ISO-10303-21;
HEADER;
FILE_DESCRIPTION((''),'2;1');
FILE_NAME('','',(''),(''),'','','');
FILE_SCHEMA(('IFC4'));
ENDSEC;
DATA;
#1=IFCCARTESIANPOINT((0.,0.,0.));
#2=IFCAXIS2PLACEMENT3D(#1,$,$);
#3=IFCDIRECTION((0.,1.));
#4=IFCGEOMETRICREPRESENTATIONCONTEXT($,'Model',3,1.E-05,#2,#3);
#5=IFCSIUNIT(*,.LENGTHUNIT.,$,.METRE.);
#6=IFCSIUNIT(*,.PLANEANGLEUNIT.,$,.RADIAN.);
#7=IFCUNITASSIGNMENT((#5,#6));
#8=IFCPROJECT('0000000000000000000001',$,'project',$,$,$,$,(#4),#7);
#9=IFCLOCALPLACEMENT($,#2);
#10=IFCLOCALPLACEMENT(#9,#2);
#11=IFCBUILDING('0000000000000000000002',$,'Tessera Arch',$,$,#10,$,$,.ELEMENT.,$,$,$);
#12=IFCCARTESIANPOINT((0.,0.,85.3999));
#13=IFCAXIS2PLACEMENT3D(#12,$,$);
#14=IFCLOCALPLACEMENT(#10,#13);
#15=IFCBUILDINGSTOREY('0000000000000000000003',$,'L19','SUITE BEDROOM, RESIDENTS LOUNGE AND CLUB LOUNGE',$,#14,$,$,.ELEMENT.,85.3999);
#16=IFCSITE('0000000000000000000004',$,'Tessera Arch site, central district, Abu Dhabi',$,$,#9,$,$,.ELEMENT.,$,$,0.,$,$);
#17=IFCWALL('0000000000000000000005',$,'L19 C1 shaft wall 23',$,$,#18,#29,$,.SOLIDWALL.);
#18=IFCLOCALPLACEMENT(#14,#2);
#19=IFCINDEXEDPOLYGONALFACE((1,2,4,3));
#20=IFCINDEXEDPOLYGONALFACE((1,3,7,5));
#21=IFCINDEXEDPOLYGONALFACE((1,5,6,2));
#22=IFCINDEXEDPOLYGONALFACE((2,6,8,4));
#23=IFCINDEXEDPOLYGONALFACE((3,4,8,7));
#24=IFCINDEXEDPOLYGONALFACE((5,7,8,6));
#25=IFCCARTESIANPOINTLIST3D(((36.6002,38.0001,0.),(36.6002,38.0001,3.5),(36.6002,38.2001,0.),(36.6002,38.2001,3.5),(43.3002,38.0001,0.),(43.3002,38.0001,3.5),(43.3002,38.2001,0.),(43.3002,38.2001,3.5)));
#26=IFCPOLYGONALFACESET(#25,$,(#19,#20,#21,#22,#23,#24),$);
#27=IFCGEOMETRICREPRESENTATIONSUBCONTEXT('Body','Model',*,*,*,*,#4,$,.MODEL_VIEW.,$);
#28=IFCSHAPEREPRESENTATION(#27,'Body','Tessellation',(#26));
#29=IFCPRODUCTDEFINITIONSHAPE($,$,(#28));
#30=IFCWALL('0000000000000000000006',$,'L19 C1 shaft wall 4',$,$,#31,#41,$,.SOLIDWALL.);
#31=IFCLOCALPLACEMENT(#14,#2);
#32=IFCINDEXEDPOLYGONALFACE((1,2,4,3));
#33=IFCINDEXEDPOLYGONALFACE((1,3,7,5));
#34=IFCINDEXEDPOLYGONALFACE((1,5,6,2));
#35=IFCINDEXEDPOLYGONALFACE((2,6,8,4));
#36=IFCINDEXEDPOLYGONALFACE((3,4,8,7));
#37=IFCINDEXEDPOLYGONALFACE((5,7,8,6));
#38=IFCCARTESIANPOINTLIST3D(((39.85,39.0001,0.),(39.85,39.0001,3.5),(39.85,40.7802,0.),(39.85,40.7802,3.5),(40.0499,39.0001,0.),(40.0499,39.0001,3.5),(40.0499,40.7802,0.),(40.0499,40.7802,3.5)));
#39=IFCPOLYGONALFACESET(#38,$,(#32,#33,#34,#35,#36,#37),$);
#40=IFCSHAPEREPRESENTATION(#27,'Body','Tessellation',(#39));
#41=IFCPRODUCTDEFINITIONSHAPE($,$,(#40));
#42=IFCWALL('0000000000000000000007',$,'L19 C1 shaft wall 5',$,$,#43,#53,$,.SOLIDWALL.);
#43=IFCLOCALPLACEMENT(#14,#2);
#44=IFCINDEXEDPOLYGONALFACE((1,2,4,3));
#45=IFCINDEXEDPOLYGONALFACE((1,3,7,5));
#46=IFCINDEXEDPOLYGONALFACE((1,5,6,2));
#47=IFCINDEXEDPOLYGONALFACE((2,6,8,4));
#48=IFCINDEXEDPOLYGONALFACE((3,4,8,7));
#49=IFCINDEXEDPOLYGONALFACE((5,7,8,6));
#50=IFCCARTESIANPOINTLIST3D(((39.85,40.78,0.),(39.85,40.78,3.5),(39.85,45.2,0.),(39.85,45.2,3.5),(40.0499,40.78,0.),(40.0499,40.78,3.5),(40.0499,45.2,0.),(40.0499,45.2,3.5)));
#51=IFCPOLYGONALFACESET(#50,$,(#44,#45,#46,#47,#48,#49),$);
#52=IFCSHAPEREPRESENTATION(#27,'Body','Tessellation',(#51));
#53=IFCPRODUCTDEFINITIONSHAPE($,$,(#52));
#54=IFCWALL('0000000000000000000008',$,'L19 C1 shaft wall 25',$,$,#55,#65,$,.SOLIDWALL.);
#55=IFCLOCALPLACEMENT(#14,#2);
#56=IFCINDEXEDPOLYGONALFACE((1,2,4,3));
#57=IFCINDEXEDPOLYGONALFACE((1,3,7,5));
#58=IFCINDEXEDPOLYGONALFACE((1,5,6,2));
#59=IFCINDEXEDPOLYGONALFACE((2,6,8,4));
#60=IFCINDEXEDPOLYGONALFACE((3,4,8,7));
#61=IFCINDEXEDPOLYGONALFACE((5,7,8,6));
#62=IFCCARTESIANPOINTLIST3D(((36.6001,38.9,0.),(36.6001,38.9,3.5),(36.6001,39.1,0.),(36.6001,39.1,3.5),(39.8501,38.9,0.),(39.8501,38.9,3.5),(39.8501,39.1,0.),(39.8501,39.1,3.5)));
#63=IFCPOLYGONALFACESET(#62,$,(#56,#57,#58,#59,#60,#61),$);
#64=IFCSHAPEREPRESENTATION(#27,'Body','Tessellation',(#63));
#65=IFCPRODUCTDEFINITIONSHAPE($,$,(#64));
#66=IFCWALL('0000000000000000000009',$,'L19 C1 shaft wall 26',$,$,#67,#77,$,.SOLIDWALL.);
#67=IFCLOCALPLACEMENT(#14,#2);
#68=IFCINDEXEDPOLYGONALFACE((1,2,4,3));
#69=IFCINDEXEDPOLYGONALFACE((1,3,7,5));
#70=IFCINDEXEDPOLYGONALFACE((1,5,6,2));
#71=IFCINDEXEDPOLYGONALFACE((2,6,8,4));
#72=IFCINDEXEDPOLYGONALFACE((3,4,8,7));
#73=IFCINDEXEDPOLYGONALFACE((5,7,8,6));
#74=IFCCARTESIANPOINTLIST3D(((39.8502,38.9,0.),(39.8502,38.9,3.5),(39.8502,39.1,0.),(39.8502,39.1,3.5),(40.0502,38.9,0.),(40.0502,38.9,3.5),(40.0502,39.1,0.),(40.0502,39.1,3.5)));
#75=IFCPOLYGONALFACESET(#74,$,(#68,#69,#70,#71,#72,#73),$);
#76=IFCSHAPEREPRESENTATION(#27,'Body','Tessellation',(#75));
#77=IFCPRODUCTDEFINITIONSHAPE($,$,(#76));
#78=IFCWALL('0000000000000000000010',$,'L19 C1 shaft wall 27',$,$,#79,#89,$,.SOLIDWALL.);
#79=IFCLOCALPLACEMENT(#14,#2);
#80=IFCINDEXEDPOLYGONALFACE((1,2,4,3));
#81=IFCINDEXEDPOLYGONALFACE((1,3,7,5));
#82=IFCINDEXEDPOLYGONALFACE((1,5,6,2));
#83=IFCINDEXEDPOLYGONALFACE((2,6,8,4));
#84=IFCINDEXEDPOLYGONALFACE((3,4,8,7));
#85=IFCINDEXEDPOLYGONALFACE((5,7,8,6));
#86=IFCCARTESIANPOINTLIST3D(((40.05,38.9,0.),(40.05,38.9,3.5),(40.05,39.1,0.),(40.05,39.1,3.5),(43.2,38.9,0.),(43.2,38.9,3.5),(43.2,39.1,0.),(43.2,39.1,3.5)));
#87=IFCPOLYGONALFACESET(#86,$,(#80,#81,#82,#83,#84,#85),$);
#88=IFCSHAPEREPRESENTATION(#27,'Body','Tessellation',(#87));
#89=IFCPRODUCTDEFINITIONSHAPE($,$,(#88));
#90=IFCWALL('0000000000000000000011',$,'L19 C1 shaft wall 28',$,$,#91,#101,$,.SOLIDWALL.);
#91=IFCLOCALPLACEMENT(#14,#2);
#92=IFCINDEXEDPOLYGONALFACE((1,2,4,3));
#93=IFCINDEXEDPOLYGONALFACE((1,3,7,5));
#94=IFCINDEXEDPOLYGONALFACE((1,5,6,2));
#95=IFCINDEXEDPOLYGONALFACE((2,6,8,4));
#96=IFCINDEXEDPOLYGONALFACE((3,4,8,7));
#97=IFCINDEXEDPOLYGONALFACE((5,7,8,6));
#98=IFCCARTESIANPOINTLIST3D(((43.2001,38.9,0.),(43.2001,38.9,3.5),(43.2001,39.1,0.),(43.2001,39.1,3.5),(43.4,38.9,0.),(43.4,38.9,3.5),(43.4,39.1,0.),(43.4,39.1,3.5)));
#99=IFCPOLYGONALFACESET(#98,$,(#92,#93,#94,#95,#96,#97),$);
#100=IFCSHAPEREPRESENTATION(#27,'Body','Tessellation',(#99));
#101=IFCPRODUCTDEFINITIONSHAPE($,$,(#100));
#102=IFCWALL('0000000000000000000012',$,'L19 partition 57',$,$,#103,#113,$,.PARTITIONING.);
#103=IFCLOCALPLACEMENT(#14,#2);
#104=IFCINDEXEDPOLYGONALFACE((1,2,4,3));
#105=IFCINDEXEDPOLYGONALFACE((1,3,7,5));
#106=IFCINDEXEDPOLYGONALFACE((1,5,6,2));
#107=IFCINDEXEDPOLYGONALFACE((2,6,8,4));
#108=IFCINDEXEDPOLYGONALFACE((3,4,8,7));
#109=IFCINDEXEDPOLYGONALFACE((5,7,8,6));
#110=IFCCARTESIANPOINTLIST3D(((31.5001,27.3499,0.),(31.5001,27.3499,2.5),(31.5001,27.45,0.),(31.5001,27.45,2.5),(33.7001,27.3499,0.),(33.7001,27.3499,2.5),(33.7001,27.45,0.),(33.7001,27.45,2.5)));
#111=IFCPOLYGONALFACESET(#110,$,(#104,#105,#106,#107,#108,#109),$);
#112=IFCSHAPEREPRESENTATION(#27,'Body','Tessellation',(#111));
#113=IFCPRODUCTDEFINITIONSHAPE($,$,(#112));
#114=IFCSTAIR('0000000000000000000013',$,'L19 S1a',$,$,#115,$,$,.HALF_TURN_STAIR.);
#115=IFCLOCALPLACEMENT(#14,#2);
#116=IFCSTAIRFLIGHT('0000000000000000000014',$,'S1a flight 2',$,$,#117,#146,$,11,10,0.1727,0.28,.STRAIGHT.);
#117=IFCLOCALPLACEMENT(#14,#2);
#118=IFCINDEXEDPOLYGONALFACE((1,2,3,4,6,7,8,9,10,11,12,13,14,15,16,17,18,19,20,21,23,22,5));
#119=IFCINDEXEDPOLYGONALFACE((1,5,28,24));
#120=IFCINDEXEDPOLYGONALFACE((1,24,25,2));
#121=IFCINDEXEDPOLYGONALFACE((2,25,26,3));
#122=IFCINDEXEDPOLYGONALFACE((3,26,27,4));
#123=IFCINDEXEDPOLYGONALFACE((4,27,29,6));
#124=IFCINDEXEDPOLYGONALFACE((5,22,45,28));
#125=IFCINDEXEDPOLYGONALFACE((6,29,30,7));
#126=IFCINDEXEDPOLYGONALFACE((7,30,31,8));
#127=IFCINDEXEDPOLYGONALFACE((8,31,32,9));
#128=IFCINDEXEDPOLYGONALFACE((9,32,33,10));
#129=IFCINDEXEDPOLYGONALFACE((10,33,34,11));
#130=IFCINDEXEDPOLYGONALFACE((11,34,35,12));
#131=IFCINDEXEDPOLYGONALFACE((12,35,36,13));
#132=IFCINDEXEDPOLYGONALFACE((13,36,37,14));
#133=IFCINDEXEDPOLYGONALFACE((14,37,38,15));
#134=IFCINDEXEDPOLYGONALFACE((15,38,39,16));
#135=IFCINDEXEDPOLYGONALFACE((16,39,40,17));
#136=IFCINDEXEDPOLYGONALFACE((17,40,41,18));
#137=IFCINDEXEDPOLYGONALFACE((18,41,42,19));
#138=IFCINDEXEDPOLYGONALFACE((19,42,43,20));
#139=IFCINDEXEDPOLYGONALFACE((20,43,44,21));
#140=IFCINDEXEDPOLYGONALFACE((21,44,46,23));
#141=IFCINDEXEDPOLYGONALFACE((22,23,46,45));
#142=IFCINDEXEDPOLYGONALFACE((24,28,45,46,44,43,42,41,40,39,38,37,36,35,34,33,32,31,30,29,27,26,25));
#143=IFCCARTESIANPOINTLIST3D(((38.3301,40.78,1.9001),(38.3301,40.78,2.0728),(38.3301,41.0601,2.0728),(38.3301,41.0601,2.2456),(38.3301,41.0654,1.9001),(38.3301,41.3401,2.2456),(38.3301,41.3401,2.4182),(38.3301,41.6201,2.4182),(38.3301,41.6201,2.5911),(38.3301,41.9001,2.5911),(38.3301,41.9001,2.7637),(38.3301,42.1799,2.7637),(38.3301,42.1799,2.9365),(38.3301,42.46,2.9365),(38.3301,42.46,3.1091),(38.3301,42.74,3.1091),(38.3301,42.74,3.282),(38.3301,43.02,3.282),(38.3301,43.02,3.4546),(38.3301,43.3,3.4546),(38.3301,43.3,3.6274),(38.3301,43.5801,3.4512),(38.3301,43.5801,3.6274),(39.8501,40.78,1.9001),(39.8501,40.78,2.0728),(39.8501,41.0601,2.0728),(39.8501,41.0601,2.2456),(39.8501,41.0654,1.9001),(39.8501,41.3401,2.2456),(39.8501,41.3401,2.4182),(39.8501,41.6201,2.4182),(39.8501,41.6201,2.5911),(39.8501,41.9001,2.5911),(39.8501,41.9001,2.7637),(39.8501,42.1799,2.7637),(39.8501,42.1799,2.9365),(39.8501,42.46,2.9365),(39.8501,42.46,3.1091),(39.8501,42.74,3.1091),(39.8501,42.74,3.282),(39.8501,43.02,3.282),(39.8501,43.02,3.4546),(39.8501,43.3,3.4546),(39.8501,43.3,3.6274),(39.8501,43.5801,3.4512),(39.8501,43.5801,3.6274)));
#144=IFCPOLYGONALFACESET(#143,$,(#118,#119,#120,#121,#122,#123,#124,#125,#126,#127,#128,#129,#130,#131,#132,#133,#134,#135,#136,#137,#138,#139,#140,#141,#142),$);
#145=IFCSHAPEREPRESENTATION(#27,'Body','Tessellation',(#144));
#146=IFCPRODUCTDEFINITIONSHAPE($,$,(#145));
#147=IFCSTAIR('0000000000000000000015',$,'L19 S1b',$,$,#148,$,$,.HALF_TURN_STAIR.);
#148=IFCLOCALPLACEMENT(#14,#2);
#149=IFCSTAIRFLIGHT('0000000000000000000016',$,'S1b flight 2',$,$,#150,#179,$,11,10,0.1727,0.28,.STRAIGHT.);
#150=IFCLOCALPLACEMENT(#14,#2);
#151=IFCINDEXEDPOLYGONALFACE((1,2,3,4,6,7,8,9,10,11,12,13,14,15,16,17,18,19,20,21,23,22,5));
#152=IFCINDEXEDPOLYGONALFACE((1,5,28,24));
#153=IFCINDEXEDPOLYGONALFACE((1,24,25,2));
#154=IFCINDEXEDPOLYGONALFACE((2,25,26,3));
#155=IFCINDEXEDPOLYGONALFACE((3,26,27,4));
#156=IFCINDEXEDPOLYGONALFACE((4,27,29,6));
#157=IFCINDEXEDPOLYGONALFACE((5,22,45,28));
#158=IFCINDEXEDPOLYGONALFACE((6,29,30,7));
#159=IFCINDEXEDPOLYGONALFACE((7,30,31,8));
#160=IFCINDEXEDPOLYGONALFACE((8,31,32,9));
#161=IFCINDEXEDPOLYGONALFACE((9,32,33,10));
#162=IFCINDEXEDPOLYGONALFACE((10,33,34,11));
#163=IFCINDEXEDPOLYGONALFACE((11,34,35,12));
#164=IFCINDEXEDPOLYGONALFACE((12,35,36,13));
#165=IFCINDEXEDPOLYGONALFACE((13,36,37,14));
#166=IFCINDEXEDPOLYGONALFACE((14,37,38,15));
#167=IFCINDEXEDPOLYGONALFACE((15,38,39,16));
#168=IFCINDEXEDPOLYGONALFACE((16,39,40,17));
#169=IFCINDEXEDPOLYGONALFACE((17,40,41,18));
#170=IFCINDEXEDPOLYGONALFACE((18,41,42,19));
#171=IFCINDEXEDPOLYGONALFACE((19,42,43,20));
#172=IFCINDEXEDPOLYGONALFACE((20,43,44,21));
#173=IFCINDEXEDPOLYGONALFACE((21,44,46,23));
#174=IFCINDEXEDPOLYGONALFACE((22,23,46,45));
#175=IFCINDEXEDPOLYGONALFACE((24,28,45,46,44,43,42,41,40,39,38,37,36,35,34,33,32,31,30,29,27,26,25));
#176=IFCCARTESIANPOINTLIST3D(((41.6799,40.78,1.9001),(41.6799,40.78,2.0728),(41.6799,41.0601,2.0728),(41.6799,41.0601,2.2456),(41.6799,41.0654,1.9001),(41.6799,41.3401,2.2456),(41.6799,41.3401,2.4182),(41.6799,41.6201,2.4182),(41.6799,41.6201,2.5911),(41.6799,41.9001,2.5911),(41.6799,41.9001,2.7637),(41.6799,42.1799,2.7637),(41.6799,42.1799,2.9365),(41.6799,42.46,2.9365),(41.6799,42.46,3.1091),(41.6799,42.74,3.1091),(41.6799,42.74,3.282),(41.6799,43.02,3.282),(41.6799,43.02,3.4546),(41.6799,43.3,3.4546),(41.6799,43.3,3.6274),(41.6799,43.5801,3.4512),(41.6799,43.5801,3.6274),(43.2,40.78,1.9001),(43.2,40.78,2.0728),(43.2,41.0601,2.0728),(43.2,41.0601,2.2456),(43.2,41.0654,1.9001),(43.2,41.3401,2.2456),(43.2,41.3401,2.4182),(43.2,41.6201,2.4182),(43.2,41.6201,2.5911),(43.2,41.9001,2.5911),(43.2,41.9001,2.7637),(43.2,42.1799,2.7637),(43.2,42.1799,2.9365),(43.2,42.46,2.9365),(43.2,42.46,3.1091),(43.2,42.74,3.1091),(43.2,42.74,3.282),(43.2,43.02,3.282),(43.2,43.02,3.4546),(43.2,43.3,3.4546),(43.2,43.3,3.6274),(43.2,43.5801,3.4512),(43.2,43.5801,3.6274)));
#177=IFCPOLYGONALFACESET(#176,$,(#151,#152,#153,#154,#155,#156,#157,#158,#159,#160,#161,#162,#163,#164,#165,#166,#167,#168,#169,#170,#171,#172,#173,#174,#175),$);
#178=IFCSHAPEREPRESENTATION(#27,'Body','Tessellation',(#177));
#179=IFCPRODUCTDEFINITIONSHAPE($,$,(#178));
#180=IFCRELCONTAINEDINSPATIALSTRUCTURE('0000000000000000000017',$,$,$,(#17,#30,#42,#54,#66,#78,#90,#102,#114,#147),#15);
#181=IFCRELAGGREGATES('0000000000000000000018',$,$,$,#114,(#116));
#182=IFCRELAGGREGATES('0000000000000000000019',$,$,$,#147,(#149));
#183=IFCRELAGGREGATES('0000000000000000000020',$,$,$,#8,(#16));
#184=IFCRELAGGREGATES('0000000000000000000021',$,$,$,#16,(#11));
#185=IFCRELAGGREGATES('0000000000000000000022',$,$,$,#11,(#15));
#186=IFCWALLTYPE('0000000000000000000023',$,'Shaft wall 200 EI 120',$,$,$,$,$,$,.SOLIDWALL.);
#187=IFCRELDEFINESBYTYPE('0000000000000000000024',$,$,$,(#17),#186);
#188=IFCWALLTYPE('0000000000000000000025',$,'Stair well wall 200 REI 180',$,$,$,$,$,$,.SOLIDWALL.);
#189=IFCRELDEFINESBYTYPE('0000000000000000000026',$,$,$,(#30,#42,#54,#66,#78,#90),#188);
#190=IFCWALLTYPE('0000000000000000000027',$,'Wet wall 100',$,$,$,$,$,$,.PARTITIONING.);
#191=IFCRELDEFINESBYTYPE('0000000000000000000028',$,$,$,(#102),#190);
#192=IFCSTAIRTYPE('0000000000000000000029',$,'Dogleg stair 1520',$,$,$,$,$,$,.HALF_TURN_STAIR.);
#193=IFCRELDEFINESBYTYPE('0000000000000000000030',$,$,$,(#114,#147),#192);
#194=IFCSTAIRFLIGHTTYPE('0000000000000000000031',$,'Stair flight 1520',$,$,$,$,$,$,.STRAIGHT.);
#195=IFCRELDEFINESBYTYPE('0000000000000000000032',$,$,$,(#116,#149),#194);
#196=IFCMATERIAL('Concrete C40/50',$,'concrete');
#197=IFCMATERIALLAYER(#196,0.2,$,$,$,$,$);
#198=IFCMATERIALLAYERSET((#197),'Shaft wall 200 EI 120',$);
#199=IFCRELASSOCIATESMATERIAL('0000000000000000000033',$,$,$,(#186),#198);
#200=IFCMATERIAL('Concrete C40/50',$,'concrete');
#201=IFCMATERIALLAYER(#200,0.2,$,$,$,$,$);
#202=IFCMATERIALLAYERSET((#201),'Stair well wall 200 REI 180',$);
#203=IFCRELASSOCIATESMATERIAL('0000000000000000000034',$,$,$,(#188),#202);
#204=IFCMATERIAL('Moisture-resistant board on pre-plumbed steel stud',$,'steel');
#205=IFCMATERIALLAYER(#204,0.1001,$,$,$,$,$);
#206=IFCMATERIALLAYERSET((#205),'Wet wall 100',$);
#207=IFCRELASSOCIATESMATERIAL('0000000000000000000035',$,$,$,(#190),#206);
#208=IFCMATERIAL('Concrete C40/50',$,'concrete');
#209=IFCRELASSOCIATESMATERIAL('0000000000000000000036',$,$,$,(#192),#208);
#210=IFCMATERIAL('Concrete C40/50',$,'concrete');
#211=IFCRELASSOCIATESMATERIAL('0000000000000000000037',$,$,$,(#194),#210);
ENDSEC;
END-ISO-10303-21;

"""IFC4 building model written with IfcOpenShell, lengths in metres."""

from ifc_helpers import new_model, si_unit, direction, frame, frame_2d, origin, place, context, subcontext, project, spatial, polyline, rectangle, outline, extrude, material, layer, layer_set, type_object, element, aggregate, save


model = new_model("IFC4")

# Units and contexts
model_context = context("Model", 3, precision=1e-05, world=origin(), true_north=direction((0.0, 1.0)))
body_context = subcontext(model_context, "Body", "Model", "MODEL_VIEW")
ifc_project = project(units=[si_unit("LENGTHUNIT", "METRE"), si_unit("PLANEANGLEUNIT", "RADIAN")], contexts=[model_context])

# Site, building, storey
site_placement = place(None, origin())
site = spatial("IfcSite", under=ifc_project, at=site_placement, Name="Tessera Arch site, central district, Abu Dhabi", CompositionType="ELEMENT", RefElevation=0.0)
building_placement = place(site_placement, origin())
building = spatial("IfcBuilding", under=site, at=building_placement, Name="Tessera Arch", CompositionType="ELEMENT")
storey_placement = place(building_placement, frame((0.0, 0.0, 85.3999)))
storey = spatial("IfcBuildingStorey", under=building, at=storey_placement, Name="L19", Description="SUITE BEDROOM, RESIDENTS LOUNGE AND CLUB LOUNGE", CompositionType="ELEMENT", Elevation=85.3999)

# Shared definitions
ifc_material_1 = material(Name="Concrete C40/50", Category="concrete")
ifc_layer_1 = layer(ifc_material_1, 0.2)
ifc_layer_set_1 = layer_set([ifc_layer_1], Name="Shaft wall 200 EI 120")
wall_type_1 = type_object("IfcWallType", Name="Shaft wall 200 EI 120", PredefinedType="SOLIDWALL", material=ifc_layer_set_1)

# Walls
wall_1_placement = place(storey_placement, frame((36.6001, 38.1001, 0.0), z_axis=(0.0, 0.0, 1.0), x_axis=(1.0, 0.0, 0.0)))
element("IfcWall", 1, at=wall_1_placement, inside=storey, type_object=wall_type_1, Name="L19 C1 shaft wall 23", PredefinedType="SOLIDWALL", context=body_context, shape_type="SweptSolid", body=[
    extrude(rectangle(XDim=6.7, YDim=0.2, at=frame_2d((3.3501, 0.0))), origin(), (0.0, 0.0, 1.0), 3.5),
])
ifc_material_2 = material(Name="Concrete C40/50", Category="concrete")
ifc_layer_2 = layer(ifc_material_2, 0.2)
ifc_layer_set_2 = layer_set([ifc_layer_2], Name="Stair well wall 200 REI 180")
wall_type_2 = type_object("IfcWallType", Name="Stair well wall 200 REI 180", PredefinedType="SOLIDWALL", material=ifc_layer_set_2)
wall_2_placement = place(storey_placement, frame((39.95, 39.0, 0.0), z_axis=(0.0, 0.0, 1.0), x_axis=(0.0, 1.0, 0.0)))
element("IfcWall", 2, at=wall_2_placement, inside=storey, type_object=wall_type_2, Name="L19 C1 shaft wall 4", PredefinedType="SOLIDWALL", context=body_context, shape_type="SweptSolid", body=[
    extrude(rectangle(XDim=1.78, YDim=0.2, at=frame_2d((0.8901, 0.0))), origin(), (0.0, 0.0, 1.0), 3.5),
])
wall_3_placement = place(storey_placement, frame((39.95, 40.78, 0.0), z_axis=(0.0, 0.0, 1.0), x_axis=(0.0, 1.0, 0.0)))
element("IfcWall", 3, at=wall_3_placement, inside=storey, type_object=wall_type_2, Name="L19 C1 shaft wall 5", PredefinedType="SOLIDWALL", context=body_context, shape_type="SweptSolid", body=[
    extrude(rectangle(XDim=4.4199, YDim=0.2, at=frame_2d((2.21, 0.0))), origin(), (0.0, 0.0, 1.0), 3.5),
])
wall_4_placement = place(storey_placement, frame((36.6001, 39.0, 0.0), z_axis=(0.0, 0.0, 1.0), x_axis=(1.0, 0.0, 0.0)))
element("IfcWall", 4, at=wall_4_placement, inside=storey, type_object=wall_type_2, Name="L19 C1 shaft wall 25", PredefinedType="SOLIDWALL", context=body_context, shape_type="SweptSolid", body=[
    extrude(rectangle(XDim=3.25, YDim=0.2, at=frame_2d((1.625, 0.0))), origin(), (0.0, 0.0, 1.0), 3.5),
])
wall_5_placement = place(storey_placement, frame((39.8501, 39.0, 0.0), z_axis=(0.0, 0.0, 1.0), x_axis=(1.0, 0.0, 0.0)))
element("IfcWall", 5, at=wall_5_placement, inside=storey, type_object=wall_type_2, Name="L19 C1 shaft wall 26", PredefinedType="SOLIDWALL", context=body_context, shape_type="SweptSolid", body=[
    extrude(rectangle(XDim=0.2, YDim=0.2, at=frame_2d((0.1001, 0.0))), origin(), (0.0, 0.0, 1.0), 3.5),
])
wall_6_placement = place(storey_placement, frame((40.05, 39.0, 0.0), z_axis=(0.0, 0.0, 1.0), x_axis=(1.0, 0.0, 0.0)))
element("IfcWall", 6, at=wall_6_placement, inside=storey, type_object=wall_type_2, Name="L19 C1 shaft wall 27", PredefinedType="SOLIDWALL", context=body_context, shape_type="SweptSolid", body=[
    extrude(rectangle(XDim=3.1499, YDim=0.2, at=frame_2d((1.575, 0.0))), origin(), (0.0, 0.0, 1.0), 3.5),
])
wall_7_placement = place(storey_placement, frame((43.2, 39.0, 0.0), z_axis=(0.0, 0.0, 1.0), x_axis=(1.0, 0.0, 0.0)))
element("IfcWall", 7, at=wall_7_placement, inside=storey, type_object=wall_type_2, Name="L19 C1 shaft wall 28", PredefinedType="SOLIDWALL", context=body_context, shape_type="SweptSolid", body=[
    extrude(rectangle(XDim=0.2, YDim=0.2, at=frame_2d((0.1001, 0.0))), origin(), (0.0, 0.0, 1.0), 3.5),
])
ifc_material_3 = material(Name="Moisture-resistant board on pre-plumbed steel stud", Category="steel")
ifc_layer_3 = layer(ifc_material_3, 0.1001)
ifc_layer_set_3 = layer_set([ifc_layer_3], Name="Wet wall 100")
wall_type_3 = type_object("IfcWallType", Name="Wet wall 100", PredefinedType="PARTITIONING", material=ifc_layer_set_3)
wall_8_placement = place(storey_placement, frame((31.5, 27.3999, 0.0), z_axis=(0.0, 0.0, 1.0), x_axis=(1.0, 0.0, 0.0)))
element("IfcWall", 8, at=wall_8_placement, inside=storey, type_object=wall_type_3, Name="L19 partition 57", PredefinedType="PARTITIONING", context=body_context, shape_type="SweptSolid", body=[
    extrude(rectangle(XDim=2.2, YDim=0.1001, at=frame_2d((1.1001, 0.0))), origin(), (0.0, 0.0, 1.0), 2.5),
])

# Stairs, stair flights
ifc_material_4 = material(Name="Concrete C40/50", Category="concrete")
stair_type = type_object("IfcStairType", Name="Dogleg stair 1520", PredefinedType="HALF_TURN_STAIR", material=ifc_material_4)
stair_1_placement = place(storey_placement, origin())
stair_1 = element("IfcStair", 9, at=stair_1_placement, inside=storey, type_object=stair_type, Name="L19 S1a", PredefinedType="HALF_TURN_STAIR")
ifc_material_5 = material(Name="Concrete C40/50", Category="concrete")
stair_flight_type = type_object("IfcStairFlightType", Name="Stair flight 1520", PredefinedType="STRAIGHT", material=ifc_material_5)
stair_flight_1_placement = place(storey_placement, frame((39.0901, 40.78, 1.9001), z_axis=(0.0, 0.0, 1.0), x_axis=(0.0, 1.0, 0.0)))
stair_flight_1 = element("IfcStairFlight", 10, at=stair_flight_1_placement, type_object=stair_flight_type, Name="S1a flight 2", NumberOfRisers=11, NumberOfTreads=10, PredefinedType="STRAIGHT", RiserHeight=0.1727, TreadLength=0.28, context=body_context, shape_type="SweptSolid", body=[
    extrude(outline(polyline([(0.0, 0.0), (0.0, 0.1726), (0.28, 0.1726), (0.28, 0.3455), (0.5601, 0.3455), (0.5601, 0.5181), (0.8401, 0.5181), (0.8401, 0.6909), (1.1201, 0.6909), (1.1201, 0.8635), (1.3999, 0.8635), (1.3999, 1.0364), (1.6799, 1.0364), (1.6799, 1.209), (1.96, 1.209), (1.96, 1.3818), (2.24, 1.3818), (2.24, 1.5544), (2.52, 1.5544), (2.52, 1.7273), (2.8, 1.7273), (2.8, 1.8999), (2.8, 1.551), (0.2854, 0.0), (0.0, 0.0)])), frame((0.0, 0.76, 0.0), z_axis=(0.0, -1.0, 0.0), x_axis=(1.0, 0.0, 0.0)), (0.0, 0.0, 1.0), 1.52),
])
aggregate(stair_1, [stair_flight_1])
stair_2_placement = place(storey_placement, origin())
stair_2 = element("IfcStair", 11, at=stair_2_placement, inside=storey, type_object=stair_type, Name="L19 S1b", PredefinedType="HALF_TURN_STAIR")
stair_flight_2_placement = place(storey_placement, frame((42.4399, 40.78, 1.9001), z_axis=(0.0, 0.0, 1.0), x_axis=(0.0, 1.0, 0.0)))
stair_flight_2 = element("IfcStairFlight", 12, at=stair_flight_2_placement, type_object=stair_flight_type, Name="S1b flight 2", NumberOfRisers=11, NumberOfTreads=10, PredefinedType="STRAIGHT", RiserHeight=0.1727, TreadLength=0.28, context=body_context, shape_type="SweptSolid", body=[
    extrude(outline(polyline([(0.0, 0.0), (0.0, 0.1726), (0.28, 0.1726), (0.28, 0.3455), (0.5601, 0.3455), (0.5601, 0.5181), (0.8401, 0.5181), (0.8401, 0.6909), (1.1201, 0.6909), (1.1201, 0.8635), (1.3999, 0.8635), (1.3999, 1.0364), (1.6799, 1.0364), (1.6799, 1.209), (1.96, 1.209), (1.96, 1.3818), (2.24, 1.3818), (2.24, 1.5544), (2.52, 1.5544), (2.52, 1.7273), (2.8, 1.7273), (2.8, 1.8999), (2.8, 1.551), (0.2854, 0.0), (0.0, 0.0)])), frame((0.0, 0.76, 0.0), z_axis=(0.0, -1.0, 0.0), x_axis=(1.0, 0.0, 0.0)), (0.0, 0.0, 1.0), 1.52),
])
aggregate(stair_2, [stair_flight_2])

save(model, "model.ifc")
